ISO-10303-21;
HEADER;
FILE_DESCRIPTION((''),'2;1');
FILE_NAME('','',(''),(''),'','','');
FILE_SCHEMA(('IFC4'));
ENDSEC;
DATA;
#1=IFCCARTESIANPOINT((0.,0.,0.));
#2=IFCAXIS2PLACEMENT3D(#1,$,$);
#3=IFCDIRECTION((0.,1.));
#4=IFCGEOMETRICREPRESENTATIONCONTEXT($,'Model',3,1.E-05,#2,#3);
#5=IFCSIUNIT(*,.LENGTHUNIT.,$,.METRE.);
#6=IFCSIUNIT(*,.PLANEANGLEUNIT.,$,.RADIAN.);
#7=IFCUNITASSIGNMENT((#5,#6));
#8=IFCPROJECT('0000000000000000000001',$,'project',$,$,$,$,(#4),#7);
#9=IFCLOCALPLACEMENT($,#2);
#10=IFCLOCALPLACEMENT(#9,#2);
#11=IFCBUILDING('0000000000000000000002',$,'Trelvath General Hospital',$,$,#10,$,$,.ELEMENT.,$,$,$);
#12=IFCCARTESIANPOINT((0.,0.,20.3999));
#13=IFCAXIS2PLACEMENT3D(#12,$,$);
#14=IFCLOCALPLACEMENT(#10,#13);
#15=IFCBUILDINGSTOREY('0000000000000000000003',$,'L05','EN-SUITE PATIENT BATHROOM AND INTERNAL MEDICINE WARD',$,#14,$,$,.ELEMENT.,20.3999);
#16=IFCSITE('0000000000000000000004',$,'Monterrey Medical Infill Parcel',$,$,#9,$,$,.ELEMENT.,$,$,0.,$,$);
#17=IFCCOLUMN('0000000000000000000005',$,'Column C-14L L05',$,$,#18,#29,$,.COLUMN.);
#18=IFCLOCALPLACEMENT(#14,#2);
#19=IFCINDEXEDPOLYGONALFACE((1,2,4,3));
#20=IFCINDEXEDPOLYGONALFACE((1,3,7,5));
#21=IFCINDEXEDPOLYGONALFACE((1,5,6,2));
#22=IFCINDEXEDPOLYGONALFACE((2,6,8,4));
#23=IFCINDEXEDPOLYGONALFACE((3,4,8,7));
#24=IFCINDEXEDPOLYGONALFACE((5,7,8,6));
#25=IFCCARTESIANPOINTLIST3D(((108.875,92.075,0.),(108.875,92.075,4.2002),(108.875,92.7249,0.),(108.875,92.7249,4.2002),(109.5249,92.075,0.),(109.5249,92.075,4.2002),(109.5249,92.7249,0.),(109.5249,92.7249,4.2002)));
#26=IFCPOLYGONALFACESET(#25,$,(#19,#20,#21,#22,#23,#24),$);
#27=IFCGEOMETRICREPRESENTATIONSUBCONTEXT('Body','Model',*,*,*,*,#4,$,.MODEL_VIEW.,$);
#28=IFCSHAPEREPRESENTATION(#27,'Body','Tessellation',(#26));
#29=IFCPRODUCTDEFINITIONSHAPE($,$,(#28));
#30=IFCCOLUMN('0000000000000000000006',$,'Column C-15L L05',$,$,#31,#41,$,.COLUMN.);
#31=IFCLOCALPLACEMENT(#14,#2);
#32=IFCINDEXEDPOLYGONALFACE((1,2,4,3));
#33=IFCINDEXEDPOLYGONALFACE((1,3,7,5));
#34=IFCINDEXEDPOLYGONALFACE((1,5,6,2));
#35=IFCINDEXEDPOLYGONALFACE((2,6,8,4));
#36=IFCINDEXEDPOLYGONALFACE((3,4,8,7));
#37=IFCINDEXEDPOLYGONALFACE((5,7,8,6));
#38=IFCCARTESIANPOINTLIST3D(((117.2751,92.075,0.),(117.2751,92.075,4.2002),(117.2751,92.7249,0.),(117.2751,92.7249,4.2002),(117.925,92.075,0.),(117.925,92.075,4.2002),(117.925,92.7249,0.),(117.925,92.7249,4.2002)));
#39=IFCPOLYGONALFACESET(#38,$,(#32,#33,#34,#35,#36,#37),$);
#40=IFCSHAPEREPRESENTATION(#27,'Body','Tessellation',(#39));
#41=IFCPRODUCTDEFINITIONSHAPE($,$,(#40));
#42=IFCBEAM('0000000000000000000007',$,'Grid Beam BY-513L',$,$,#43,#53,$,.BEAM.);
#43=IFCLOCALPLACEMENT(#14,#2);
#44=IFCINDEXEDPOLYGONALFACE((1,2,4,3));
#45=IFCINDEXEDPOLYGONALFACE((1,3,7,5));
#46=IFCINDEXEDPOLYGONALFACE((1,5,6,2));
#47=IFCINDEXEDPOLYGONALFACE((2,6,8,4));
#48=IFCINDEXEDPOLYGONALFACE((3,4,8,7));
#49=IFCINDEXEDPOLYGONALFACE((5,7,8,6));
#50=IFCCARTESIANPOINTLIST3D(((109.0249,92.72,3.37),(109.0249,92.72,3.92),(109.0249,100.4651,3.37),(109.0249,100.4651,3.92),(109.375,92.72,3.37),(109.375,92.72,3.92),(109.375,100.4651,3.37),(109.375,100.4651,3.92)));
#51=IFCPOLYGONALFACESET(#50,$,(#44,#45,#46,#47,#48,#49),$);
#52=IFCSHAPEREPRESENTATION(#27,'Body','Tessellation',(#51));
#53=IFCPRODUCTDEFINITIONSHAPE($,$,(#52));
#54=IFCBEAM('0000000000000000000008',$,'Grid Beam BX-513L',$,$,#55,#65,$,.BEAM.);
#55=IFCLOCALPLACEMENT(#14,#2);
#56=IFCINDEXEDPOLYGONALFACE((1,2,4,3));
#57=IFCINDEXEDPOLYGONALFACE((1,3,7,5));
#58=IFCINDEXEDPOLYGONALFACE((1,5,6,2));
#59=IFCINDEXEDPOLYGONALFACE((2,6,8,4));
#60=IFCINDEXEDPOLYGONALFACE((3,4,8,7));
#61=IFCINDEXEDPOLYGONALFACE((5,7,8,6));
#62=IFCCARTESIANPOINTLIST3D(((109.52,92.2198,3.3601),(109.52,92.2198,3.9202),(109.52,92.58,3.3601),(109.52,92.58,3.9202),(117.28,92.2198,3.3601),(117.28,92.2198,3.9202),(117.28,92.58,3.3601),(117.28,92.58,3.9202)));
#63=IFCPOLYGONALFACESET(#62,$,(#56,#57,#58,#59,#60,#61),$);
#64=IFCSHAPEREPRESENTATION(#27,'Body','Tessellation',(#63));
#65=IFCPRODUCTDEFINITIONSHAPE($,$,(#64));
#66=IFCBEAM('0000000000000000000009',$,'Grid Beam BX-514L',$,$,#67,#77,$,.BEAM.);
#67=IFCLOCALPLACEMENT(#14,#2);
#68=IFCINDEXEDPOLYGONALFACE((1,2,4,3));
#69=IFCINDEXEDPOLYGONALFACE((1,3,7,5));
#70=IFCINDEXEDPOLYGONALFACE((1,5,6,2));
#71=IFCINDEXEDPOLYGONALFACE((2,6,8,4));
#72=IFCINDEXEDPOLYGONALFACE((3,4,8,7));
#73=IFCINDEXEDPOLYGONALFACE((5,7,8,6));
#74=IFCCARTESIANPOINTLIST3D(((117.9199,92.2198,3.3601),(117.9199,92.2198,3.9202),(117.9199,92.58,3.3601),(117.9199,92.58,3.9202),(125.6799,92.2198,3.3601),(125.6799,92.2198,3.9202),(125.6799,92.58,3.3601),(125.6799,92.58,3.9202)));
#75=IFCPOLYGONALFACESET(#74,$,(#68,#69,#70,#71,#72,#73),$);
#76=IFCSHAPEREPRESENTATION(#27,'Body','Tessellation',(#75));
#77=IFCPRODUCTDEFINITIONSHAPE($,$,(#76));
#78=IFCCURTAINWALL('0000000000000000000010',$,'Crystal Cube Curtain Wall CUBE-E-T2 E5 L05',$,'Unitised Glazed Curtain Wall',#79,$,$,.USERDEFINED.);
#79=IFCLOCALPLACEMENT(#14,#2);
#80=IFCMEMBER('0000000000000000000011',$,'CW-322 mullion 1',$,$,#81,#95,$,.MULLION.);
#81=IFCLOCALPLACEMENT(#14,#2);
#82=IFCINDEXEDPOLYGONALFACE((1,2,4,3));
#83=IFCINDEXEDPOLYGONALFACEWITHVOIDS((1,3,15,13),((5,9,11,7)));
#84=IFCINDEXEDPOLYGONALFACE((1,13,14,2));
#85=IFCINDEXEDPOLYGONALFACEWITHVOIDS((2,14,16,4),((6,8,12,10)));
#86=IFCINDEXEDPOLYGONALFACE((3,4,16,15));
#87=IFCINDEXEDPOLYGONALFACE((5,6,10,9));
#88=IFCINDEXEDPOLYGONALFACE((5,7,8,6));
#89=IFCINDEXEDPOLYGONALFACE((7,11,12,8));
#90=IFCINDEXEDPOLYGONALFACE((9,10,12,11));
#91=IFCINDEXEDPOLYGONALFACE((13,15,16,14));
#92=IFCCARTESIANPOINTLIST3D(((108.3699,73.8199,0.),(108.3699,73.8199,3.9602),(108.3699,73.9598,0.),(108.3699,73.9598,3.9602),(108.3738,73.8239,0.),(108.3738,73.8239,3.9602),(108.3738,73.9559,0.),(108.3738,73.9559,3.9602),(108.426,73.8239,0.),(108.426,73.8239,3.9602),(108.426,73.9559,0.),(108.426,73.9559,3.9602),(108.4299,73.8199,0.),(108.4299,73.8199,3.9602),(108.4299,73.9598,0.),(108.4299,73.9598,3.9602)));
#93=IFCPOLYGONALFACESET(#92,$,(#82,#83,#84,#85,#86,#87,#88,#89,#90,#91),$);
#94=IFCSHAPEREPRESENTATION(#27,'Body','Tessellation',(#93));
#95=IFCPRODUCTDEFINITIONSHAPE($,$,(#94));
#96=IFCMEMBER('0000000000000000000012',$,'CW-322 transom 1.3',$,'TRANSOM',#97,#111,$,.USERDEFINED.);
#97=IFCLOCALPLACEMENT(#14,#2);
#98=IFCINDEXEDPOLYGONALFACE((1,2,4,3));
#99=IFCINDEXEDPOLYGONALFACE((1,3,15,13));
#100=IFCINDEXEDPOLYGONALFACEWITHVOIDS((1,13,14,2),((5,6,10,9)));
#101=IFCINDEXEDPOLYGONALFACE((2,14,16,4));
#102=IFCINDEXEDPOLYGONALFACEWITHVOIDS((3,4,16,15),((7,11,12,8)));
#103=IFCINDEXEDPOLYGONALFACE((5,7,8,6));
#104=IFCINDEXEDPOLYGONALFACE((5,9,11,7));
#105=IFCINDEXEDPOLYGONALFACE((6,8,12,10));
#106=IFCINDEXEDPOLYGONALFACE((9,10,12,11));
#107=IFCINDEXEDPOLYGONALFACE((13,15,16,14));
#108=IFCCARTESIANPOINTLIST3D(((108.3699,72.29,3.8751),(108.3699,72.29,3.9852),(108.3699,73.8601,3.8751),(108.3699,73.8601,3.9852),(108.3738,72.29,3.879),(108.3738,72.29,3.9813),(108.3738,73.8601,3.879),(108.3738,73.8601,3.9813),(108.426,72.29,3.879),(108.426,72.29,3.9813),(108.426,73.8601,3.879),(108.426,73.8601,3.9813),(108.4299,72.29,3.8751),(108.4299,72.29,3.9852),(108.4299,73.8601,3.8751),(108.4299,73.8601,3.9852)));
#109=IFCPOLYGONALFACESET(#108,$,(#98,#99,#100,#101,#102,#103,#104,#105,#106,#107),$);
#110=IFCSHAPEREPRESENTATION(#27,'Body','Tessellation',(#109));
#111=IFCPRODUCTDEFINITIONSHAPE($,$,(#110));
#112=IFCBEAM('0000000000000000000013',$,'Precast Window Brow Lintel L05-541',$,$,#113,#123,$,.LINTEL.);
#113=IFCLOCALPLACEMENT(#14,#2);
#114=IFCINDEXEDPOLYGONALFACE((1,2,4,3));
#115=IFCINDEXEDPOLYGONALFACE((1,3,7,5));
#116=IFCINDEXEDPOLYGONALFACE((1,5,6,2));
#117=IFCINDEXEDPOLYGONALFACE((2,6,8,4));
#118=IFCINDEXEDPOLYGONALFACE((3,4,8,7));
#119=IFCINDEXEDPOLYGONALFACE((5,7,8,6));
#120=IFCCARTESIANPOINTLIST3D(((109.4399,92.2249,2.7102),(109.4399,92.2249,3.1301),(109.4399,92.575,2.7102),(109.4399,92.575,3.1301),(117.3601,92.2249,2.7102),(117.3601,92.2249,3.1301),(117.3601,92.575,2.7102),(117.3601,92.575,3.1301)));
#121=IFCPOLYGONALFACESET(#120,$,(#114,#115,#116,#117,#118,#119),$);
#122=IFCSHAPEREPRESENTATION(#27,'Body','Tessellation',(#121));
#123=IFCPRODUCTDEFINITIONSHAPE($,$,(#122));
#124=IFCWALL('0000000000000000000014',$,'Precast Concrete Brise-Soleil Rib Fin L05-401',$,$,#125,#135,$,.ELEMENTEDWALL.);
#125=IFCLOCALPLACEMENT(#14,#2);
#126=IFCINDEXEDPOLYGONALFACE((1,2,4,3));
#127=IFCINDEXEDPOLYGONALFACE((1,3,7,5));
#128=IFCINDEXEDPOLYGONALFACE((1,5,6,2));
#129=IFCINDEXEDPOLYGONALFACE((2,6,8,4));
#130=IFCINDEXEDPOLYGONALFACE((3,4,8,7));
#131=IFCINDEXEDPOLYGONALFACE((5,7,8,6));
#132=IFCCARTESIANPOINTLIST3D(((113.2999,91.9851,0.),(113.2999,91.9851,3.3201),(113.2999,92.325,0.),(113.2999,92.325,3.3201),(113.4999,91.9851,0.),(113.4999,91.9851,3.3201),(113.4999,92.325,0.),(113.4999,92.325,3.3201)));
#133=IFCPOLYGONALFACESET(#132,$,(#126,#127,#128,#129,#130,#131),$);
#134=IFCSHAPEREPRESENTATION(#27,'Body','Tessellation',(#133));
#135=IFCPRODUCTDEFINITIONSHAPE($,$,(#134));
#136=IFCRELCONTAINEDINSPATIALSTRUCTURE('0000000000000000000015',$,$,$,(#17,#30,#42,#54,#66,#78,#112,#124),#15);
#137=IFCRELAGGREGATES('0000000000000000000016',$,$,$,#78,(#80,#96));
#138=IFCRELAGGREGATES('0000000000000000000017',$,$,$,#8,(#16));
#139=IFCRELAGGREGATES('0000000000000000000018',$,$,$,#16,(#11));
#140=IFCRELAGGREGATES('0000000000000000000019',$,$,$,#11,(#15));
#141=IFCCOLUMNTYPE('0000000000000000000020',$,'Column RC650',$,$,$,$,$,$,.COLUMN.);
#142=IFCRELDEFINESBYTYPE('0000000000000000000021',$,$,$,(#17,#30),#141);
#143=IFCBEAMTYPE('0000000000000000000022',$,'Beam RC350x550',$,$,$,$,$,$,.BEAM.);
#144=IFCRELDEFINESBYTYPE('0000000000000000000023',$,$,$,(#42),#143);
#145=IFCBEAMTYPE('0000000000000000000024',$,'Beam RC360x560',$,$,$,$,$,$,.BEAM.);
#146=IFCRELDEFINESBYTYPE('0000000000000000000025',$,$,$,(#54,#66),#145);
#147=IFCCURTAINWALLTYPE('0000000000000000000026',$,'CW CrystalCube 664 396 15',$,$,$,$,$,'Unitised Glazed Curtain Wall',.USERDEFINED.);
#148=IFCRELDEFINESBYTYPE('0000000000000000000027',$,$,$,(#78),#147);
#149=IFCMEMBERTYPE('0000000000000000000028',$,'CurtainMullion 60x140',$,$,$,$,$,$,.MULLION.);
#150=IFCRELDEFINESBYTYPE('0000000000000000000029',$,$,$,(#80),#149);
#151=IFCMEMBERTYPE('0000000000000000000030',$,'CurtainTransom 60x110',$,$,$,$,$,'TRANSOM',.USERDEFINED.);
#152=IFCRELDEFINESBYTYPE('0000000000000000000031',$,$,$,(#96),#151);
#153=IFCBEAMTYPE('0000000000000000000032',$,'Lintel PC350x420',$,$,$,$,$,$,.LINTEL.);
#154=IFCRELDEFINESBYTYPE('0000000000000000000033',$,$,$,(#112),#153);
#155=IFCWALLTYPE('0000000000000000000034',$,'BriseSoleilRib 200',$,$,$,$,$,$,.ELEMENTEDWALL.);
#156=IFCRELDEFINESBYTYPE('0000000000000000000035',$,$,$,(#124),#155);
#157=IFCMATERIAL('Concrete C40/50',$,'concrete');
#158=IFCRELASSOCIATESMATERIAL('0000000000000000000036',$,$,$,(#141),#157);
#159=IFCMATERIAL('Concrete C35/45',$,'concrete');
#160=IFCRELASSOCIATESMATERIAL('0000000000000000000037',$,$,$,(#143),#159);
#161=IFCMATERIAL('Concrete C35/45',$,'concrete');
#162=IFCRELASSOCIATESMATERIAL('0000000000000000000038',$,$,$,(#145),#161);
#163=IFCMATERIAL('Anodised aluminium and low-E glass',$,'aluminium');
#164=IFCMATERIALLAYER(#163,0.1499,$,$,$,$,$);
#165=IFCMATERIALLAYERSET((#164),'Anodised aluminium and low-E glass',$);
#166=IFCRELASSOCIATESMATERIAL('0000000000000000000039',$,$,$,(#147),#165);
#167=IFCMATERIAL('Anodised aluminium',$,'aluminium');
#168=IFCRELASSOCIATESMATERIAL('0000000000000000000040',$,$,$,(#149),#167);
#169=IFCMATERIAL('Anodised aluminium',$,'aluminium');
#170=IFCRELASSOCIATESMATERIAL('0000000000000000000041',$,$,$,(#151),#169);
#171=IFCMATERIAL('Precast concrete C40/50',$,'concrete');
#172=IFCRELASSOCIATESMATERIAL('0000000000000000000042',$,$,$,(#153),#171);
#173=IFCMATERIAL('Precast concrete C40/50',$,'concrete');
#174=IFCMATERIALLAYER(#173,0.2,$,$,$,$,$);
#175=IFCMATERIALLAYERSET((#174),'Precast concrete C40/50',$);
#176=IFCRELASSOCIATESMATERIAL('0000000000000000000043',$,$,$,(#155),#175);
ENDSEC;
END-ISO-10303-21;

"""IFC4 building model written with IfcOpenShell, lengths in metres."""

from ifc_helpers import new_model, si_unit, direction, frame, frame_2d, origin, origin_2d, place, context, subcontext, project, spatial, rectangle, hollow_rectangle, extrude, material, layer, layer_set, material_profile, profile_set, type_object, element, aggregate, save


model = new_model("IFC4")

# Units and contexts
model_context = context("Model", 3, precision=1e-05, world=origin(), true_north=direction((0.0, 1.0)))
body_context = subcontext(model_context, "Body", "Model", "MODEL_VIEW")
ifc_project = project(units=[si_unit("LENGTHUNIT", "METRE"), si_unit("PLANEANGLEUNIT", "RADIAN")], contexts=[model_context])

# Site, building, storey
site_placement = place(None, origin())
site = spatial("IfcSite", under=ifc_project, at=site_placement, Name="Monterrey Medical Infill Parcel", CompositionType="ELEMENT", RefElevation=0.0)
building_placement = place(site_placement, origin())
building = spatial("IfcBuilding", under=site, at=building_placement, Name="Trelvath General Hospital", CompositionType="ELEMENT")
storey_placement = place(building_placement, frame((0.0, 0.0, 20.3999)))
storey = spatial("IfcBuildingStorey", under=building, at=storey_placement, Name="L05", Description="EN-SUITE PATIENT BATHROOM AND INTERNAL MEDICINE WARD", CompositionType="ELEMENT", Elevation=20.3999)

# Columns
ifc_material_1 = material(Name="Concrete C40/50", Category="concrete")
ifc_material_profile_1 = material_profile(ifc_material_1, rectangle(XDim=0.6499, YDim=0.6499, at=origin_2d()), Name="RC650x650")
ifc_profile_set_1 = profile_set([ifc_material_profile_1], Name="Concrete C40/50")
column_type = type_object("IfcColumnType", Name="Column RC650", PredefinedType="COLUMN", material=ifc_profile_set_1)
for number, where, z_axis, x_axis, name in (
    (1, (109.2, 92.3999, 0.0), (0.0, 0.0, 1.0), (1.0, 0.0, 0.0), "Column C-14L L05"),
    (2, (117.6001, 92.3999, 0.0), (0.0, 0.0, 1.0), (1.0, 0.0, 0.0), "Column C-15L L05"),
):
    element("IfcColumn", number, at=place(storey_placement, frame(where, z_axis=z_axis, x_axis=x_axis)), inside=storey, type_object=column_type, Name=name, PredefinedType="COLUMN", context=body_context, shape_type="SweptSolid", body=[
        extrude(rectangle(XDim=0.6499, YDim=0.6499, at=origin_2d()), origin(), (0.0, 0.0, 1.0), 4.2002),
    ])

# Beams
ifc_material_2 = material(Name="Concrete C35/45", Category="concrete")
ifc_material_profile_2 = material_profile(ifc_material_2, rectangle(XDim=0.3501, YDim=0.55, at=origin_2d()), Name="RCB350x550")
ifc_profile_set_2 = profile_set([ifc_material_profile_2], Name="Concrete C35/45")
beam_type_1 = type_object("IfcBeamType", Name="Beam RC350x550", PredefinedType="BEAM", material=ifc_profile_set_2)
beam_1_placement = place(storey_placement, frame((109.2, 92.72, 3.645), z_axis=(0.0, 1.0, 0.0), x_axis=(-1.0, 0.0, 0.0)))
element("IfcBeam", 3, at=beam_1_placement, inside=storey, type_object=beam_type_1, Name="Grid Beam BY-513L", PredefinedType="BEAM", context=body_context, shape_type="SweptSolid", body=[
    extrude(rectangle(XDim=0.3501, YDim=0.55, at=origin_2d()), origin(), (0.0, 0.0, 1.0), 7.7451),
])
ifc_material_3 = material(Name="Concrete C35/45", Category="concrete")
ifc_material_profile_3 = material_profile(ifc_material_3, rectangle(XDim=0.3601, YDim=0.5601, at=origin_2d()), Name="RCB360x560")
ifc_profile_set_3 = profile_set([ifc_material_profile_3], Name="Concrete C35/45")
beam_type_2 = type_object("IfcBeamType", Name="Beam RC360x560", PredefinedType="BEAM", material=ifc_profile_set_3)
for number, where, z_axis, x_axis, name in (
    (4, (109.52, 92.3999, 3.6401), (1.0, 0.0, 0.0), (0.0, 1.0, 0.0), "Grid Beam BX-513L"),
    (5, (117.9199, 92.3999, 3.6401), (1.0, 0.0, 0.0), (0.0, 1.0, 0.0), "Grid Beam BX-514L"),
):
    element("IfcBeam", number, at=place(storey_placement, frame(where, z_axis=z_axis, x_axis=x_axis)), inside=storey, type_object=beam_type_2, Name=name, PredefinedType="BEAM", context=body_context, shape_type="SweptSolid", body=[
        extrude(rectangle(XDim=0.3601, YDim=0.5601, at=origin_2d()), origin(), (0.0, 0.0, 1.0), 7.76),
    ])

# Curtain wall, members
ifc_material_4 = material(Name="Anodised aluminium and low-E glass", Category="aluminium")
ifc_layer_1 = layer(ifc_material_4, 0.1499)
ifc_layer_set_1 = layer_set([ifc_layer_1], Name="Anodised aluminium and low-E glass")
curtain_wall_type = type_object("IfcCurtainWallType", Name="CW CrystalCube 664 396 15", ElementType="Unitised Glazed Curtain Wall", PredefinedType="USERDEFINED", material=ifc_layer_set_1)
curtain_wall_placement = place(storey_placement, origin())
curtain_wall = element("IfcCurtainWall", 6, at=curtain_wall_placement, inside=storey, type_object=curtain_wall_type, Name="Crystal Cube Curtain Wall CUBE-E-T2 E5 L05", ObjectType="Unitised Glazed Curtain Wall", PredefinedType="USERDEFINED")
ifc_material_5 = material(Name="Anodised aluminium", Category="aluminium")
ifc_material_profile_4 = material_profile(ifc_material_5, hollow_rectangle(XDim=0.0601, YDim=0.1399, WallThickness=0.0039, at=origin_2d()), Name="RHS60x140x4")
ifc_profile_set_4 = profile_set([ifc_material_profile_4], Name="Anodised aluminium")
member_type_1 = type_object("IfcMemberType", Name="CurtainMullion 60x140", PredefinedType="MULLION", material=ifc_profile_set_4)
member_1_placement = place(storey_placement, frame((108.3999, 73.8899, 0.0), z_axis=(0.0, 0.0, 1.0), x_axis=(1.0, 0.0, 0.0)))
member_1 = element("IfcMember", 7, at=member_1_placement, type_object=member_type_1, Name="CW-322 mullion 1", PredefinedType="MULLION", context=body_context, shape_type="SweptSolid", body=[
    extrude(hollow_rectangle(XDim=0.0601, YDim=0.1399, WallThickness=0.0039, at=origin_2d()), origin(), (0.0, 0.0, 1.0), 3.9602),
])
ifc_material_6 = material(Name="Anodised aluminium", Category="aluminium")
ifc_material_profile_5 = material_profile(ifc_material_6, hollow_rectangle(XDim=0.0601, YDim=0.1101, WallThickness=0.0039, at=origin_2d()), Name="RHS60x110x4")
ifc_profile_set_5 = profile_set([ifc_material_profile_5], Name="Anodised aluminium")
member_type_2 = type_object("IfcMemberType", Name="CurtainTransom 60x110", ElementType="TRANSOM", PredefinedType="USERDEFINED", material=ifc_profile_set_5)
member_2_placement = place(storey_placement, frame((108.3999, 73.8601, 3.9302), z_axis=(0.0, -1.0, 0.0), x_axis=(1.0, 0.0, 0.0)))
member_2 = element("IfcMember", 8, at=member_2_placement, type_object=member_type_2, Name="CW-322 transom 1.3", ObjectType="TRANSOM", PredefinedType="USERDEFINED", context=body_context, shape_type="SweptSolid", body=[
    extrude(hollow_rectangle(XDim=0.0601, YDim=0.1101, WallThickness=0.0039, at=origin_2d()), origin(), (0.0, 0.0, 1.0), 1.5701),
])
aggregate(curtain_wall, [member_1, member_2])

# Beam
ifc_material_7 = material(Name="Precast concrete C40/50", Category="concrete")
ifc_material_profile_6 = material_profile(ifc_material_7, rectangle(XDim=0.3501, YDim=0.4199, at=origin_2d()), Name="PCL350x420")
ifc_profile_set_6 = profile_set([ifc_material_profile_6], Name="Precast concrete C40/50")
beam_type_3 = type_object("IfcBeamType", Name="Lintel PC350x420", PredefinedType="LINTEL", material=ifc_profile_set_6)
beam_2_placement = place(storey_placement, frame((117.3601, 92.3999, 2.9202), z_axis=(-1.0, 0.0, 0.0), x_axis=(0.0, -1.0, 0.0)))
element("IfcBeam", 9, at=beam_2_placement, inside=storey, type_object=beam_type_3, Name="Precast Window Brow Lintel L05-541", PredefinedType="LINTEL", context=body_context, shape_type="SweptSolid", body=[
    extrude(rectangle(XDim=0.3501, YDim=0.4199, at=origin_2d()), origin(), (0.0, 0.0, 1.0), 7.9202),
])

# Wall
ifc_material_8 = material(Name="Precast concrete C40/50", Category="concrete")
ifc_layer_2 = layer(ifc_material_8, 0.2)
ifc_layer_set_2 = layer_set([ifc_layer_2], Name="Precast concrete C40/50")
wall_type_1 = type_object("IfcWallType", Name="BriseSoleilRib 200", PredefinedType="ELEMENTEDWALL", material=ifc_layer_set_2)
wall_1_placement = place(storey_placement, frame((113.3999, 92.325, 0.0), z_axis=(0.0, 0.0, 1.0), x_axis=(0.0, -1.0, 0.0)))
element("IfcWall", 10, at=wall_1_placement, inside=storey, type_object=wall_type_1, Name="Precast Concrete Brise-Soleil Rib Fin L05-401", PredefinedType="ELEMENTEDWALL", context=body_context, shape_type="SweptSolid", body=[
    extrude(rectangle(XDim=0.3398, YDim=0.2, at=frame_2d((0.1699, 0.0))), origin(), (0.0, 0.0, 1.0), 3.3201),
])

save(model, "model.ifc")
